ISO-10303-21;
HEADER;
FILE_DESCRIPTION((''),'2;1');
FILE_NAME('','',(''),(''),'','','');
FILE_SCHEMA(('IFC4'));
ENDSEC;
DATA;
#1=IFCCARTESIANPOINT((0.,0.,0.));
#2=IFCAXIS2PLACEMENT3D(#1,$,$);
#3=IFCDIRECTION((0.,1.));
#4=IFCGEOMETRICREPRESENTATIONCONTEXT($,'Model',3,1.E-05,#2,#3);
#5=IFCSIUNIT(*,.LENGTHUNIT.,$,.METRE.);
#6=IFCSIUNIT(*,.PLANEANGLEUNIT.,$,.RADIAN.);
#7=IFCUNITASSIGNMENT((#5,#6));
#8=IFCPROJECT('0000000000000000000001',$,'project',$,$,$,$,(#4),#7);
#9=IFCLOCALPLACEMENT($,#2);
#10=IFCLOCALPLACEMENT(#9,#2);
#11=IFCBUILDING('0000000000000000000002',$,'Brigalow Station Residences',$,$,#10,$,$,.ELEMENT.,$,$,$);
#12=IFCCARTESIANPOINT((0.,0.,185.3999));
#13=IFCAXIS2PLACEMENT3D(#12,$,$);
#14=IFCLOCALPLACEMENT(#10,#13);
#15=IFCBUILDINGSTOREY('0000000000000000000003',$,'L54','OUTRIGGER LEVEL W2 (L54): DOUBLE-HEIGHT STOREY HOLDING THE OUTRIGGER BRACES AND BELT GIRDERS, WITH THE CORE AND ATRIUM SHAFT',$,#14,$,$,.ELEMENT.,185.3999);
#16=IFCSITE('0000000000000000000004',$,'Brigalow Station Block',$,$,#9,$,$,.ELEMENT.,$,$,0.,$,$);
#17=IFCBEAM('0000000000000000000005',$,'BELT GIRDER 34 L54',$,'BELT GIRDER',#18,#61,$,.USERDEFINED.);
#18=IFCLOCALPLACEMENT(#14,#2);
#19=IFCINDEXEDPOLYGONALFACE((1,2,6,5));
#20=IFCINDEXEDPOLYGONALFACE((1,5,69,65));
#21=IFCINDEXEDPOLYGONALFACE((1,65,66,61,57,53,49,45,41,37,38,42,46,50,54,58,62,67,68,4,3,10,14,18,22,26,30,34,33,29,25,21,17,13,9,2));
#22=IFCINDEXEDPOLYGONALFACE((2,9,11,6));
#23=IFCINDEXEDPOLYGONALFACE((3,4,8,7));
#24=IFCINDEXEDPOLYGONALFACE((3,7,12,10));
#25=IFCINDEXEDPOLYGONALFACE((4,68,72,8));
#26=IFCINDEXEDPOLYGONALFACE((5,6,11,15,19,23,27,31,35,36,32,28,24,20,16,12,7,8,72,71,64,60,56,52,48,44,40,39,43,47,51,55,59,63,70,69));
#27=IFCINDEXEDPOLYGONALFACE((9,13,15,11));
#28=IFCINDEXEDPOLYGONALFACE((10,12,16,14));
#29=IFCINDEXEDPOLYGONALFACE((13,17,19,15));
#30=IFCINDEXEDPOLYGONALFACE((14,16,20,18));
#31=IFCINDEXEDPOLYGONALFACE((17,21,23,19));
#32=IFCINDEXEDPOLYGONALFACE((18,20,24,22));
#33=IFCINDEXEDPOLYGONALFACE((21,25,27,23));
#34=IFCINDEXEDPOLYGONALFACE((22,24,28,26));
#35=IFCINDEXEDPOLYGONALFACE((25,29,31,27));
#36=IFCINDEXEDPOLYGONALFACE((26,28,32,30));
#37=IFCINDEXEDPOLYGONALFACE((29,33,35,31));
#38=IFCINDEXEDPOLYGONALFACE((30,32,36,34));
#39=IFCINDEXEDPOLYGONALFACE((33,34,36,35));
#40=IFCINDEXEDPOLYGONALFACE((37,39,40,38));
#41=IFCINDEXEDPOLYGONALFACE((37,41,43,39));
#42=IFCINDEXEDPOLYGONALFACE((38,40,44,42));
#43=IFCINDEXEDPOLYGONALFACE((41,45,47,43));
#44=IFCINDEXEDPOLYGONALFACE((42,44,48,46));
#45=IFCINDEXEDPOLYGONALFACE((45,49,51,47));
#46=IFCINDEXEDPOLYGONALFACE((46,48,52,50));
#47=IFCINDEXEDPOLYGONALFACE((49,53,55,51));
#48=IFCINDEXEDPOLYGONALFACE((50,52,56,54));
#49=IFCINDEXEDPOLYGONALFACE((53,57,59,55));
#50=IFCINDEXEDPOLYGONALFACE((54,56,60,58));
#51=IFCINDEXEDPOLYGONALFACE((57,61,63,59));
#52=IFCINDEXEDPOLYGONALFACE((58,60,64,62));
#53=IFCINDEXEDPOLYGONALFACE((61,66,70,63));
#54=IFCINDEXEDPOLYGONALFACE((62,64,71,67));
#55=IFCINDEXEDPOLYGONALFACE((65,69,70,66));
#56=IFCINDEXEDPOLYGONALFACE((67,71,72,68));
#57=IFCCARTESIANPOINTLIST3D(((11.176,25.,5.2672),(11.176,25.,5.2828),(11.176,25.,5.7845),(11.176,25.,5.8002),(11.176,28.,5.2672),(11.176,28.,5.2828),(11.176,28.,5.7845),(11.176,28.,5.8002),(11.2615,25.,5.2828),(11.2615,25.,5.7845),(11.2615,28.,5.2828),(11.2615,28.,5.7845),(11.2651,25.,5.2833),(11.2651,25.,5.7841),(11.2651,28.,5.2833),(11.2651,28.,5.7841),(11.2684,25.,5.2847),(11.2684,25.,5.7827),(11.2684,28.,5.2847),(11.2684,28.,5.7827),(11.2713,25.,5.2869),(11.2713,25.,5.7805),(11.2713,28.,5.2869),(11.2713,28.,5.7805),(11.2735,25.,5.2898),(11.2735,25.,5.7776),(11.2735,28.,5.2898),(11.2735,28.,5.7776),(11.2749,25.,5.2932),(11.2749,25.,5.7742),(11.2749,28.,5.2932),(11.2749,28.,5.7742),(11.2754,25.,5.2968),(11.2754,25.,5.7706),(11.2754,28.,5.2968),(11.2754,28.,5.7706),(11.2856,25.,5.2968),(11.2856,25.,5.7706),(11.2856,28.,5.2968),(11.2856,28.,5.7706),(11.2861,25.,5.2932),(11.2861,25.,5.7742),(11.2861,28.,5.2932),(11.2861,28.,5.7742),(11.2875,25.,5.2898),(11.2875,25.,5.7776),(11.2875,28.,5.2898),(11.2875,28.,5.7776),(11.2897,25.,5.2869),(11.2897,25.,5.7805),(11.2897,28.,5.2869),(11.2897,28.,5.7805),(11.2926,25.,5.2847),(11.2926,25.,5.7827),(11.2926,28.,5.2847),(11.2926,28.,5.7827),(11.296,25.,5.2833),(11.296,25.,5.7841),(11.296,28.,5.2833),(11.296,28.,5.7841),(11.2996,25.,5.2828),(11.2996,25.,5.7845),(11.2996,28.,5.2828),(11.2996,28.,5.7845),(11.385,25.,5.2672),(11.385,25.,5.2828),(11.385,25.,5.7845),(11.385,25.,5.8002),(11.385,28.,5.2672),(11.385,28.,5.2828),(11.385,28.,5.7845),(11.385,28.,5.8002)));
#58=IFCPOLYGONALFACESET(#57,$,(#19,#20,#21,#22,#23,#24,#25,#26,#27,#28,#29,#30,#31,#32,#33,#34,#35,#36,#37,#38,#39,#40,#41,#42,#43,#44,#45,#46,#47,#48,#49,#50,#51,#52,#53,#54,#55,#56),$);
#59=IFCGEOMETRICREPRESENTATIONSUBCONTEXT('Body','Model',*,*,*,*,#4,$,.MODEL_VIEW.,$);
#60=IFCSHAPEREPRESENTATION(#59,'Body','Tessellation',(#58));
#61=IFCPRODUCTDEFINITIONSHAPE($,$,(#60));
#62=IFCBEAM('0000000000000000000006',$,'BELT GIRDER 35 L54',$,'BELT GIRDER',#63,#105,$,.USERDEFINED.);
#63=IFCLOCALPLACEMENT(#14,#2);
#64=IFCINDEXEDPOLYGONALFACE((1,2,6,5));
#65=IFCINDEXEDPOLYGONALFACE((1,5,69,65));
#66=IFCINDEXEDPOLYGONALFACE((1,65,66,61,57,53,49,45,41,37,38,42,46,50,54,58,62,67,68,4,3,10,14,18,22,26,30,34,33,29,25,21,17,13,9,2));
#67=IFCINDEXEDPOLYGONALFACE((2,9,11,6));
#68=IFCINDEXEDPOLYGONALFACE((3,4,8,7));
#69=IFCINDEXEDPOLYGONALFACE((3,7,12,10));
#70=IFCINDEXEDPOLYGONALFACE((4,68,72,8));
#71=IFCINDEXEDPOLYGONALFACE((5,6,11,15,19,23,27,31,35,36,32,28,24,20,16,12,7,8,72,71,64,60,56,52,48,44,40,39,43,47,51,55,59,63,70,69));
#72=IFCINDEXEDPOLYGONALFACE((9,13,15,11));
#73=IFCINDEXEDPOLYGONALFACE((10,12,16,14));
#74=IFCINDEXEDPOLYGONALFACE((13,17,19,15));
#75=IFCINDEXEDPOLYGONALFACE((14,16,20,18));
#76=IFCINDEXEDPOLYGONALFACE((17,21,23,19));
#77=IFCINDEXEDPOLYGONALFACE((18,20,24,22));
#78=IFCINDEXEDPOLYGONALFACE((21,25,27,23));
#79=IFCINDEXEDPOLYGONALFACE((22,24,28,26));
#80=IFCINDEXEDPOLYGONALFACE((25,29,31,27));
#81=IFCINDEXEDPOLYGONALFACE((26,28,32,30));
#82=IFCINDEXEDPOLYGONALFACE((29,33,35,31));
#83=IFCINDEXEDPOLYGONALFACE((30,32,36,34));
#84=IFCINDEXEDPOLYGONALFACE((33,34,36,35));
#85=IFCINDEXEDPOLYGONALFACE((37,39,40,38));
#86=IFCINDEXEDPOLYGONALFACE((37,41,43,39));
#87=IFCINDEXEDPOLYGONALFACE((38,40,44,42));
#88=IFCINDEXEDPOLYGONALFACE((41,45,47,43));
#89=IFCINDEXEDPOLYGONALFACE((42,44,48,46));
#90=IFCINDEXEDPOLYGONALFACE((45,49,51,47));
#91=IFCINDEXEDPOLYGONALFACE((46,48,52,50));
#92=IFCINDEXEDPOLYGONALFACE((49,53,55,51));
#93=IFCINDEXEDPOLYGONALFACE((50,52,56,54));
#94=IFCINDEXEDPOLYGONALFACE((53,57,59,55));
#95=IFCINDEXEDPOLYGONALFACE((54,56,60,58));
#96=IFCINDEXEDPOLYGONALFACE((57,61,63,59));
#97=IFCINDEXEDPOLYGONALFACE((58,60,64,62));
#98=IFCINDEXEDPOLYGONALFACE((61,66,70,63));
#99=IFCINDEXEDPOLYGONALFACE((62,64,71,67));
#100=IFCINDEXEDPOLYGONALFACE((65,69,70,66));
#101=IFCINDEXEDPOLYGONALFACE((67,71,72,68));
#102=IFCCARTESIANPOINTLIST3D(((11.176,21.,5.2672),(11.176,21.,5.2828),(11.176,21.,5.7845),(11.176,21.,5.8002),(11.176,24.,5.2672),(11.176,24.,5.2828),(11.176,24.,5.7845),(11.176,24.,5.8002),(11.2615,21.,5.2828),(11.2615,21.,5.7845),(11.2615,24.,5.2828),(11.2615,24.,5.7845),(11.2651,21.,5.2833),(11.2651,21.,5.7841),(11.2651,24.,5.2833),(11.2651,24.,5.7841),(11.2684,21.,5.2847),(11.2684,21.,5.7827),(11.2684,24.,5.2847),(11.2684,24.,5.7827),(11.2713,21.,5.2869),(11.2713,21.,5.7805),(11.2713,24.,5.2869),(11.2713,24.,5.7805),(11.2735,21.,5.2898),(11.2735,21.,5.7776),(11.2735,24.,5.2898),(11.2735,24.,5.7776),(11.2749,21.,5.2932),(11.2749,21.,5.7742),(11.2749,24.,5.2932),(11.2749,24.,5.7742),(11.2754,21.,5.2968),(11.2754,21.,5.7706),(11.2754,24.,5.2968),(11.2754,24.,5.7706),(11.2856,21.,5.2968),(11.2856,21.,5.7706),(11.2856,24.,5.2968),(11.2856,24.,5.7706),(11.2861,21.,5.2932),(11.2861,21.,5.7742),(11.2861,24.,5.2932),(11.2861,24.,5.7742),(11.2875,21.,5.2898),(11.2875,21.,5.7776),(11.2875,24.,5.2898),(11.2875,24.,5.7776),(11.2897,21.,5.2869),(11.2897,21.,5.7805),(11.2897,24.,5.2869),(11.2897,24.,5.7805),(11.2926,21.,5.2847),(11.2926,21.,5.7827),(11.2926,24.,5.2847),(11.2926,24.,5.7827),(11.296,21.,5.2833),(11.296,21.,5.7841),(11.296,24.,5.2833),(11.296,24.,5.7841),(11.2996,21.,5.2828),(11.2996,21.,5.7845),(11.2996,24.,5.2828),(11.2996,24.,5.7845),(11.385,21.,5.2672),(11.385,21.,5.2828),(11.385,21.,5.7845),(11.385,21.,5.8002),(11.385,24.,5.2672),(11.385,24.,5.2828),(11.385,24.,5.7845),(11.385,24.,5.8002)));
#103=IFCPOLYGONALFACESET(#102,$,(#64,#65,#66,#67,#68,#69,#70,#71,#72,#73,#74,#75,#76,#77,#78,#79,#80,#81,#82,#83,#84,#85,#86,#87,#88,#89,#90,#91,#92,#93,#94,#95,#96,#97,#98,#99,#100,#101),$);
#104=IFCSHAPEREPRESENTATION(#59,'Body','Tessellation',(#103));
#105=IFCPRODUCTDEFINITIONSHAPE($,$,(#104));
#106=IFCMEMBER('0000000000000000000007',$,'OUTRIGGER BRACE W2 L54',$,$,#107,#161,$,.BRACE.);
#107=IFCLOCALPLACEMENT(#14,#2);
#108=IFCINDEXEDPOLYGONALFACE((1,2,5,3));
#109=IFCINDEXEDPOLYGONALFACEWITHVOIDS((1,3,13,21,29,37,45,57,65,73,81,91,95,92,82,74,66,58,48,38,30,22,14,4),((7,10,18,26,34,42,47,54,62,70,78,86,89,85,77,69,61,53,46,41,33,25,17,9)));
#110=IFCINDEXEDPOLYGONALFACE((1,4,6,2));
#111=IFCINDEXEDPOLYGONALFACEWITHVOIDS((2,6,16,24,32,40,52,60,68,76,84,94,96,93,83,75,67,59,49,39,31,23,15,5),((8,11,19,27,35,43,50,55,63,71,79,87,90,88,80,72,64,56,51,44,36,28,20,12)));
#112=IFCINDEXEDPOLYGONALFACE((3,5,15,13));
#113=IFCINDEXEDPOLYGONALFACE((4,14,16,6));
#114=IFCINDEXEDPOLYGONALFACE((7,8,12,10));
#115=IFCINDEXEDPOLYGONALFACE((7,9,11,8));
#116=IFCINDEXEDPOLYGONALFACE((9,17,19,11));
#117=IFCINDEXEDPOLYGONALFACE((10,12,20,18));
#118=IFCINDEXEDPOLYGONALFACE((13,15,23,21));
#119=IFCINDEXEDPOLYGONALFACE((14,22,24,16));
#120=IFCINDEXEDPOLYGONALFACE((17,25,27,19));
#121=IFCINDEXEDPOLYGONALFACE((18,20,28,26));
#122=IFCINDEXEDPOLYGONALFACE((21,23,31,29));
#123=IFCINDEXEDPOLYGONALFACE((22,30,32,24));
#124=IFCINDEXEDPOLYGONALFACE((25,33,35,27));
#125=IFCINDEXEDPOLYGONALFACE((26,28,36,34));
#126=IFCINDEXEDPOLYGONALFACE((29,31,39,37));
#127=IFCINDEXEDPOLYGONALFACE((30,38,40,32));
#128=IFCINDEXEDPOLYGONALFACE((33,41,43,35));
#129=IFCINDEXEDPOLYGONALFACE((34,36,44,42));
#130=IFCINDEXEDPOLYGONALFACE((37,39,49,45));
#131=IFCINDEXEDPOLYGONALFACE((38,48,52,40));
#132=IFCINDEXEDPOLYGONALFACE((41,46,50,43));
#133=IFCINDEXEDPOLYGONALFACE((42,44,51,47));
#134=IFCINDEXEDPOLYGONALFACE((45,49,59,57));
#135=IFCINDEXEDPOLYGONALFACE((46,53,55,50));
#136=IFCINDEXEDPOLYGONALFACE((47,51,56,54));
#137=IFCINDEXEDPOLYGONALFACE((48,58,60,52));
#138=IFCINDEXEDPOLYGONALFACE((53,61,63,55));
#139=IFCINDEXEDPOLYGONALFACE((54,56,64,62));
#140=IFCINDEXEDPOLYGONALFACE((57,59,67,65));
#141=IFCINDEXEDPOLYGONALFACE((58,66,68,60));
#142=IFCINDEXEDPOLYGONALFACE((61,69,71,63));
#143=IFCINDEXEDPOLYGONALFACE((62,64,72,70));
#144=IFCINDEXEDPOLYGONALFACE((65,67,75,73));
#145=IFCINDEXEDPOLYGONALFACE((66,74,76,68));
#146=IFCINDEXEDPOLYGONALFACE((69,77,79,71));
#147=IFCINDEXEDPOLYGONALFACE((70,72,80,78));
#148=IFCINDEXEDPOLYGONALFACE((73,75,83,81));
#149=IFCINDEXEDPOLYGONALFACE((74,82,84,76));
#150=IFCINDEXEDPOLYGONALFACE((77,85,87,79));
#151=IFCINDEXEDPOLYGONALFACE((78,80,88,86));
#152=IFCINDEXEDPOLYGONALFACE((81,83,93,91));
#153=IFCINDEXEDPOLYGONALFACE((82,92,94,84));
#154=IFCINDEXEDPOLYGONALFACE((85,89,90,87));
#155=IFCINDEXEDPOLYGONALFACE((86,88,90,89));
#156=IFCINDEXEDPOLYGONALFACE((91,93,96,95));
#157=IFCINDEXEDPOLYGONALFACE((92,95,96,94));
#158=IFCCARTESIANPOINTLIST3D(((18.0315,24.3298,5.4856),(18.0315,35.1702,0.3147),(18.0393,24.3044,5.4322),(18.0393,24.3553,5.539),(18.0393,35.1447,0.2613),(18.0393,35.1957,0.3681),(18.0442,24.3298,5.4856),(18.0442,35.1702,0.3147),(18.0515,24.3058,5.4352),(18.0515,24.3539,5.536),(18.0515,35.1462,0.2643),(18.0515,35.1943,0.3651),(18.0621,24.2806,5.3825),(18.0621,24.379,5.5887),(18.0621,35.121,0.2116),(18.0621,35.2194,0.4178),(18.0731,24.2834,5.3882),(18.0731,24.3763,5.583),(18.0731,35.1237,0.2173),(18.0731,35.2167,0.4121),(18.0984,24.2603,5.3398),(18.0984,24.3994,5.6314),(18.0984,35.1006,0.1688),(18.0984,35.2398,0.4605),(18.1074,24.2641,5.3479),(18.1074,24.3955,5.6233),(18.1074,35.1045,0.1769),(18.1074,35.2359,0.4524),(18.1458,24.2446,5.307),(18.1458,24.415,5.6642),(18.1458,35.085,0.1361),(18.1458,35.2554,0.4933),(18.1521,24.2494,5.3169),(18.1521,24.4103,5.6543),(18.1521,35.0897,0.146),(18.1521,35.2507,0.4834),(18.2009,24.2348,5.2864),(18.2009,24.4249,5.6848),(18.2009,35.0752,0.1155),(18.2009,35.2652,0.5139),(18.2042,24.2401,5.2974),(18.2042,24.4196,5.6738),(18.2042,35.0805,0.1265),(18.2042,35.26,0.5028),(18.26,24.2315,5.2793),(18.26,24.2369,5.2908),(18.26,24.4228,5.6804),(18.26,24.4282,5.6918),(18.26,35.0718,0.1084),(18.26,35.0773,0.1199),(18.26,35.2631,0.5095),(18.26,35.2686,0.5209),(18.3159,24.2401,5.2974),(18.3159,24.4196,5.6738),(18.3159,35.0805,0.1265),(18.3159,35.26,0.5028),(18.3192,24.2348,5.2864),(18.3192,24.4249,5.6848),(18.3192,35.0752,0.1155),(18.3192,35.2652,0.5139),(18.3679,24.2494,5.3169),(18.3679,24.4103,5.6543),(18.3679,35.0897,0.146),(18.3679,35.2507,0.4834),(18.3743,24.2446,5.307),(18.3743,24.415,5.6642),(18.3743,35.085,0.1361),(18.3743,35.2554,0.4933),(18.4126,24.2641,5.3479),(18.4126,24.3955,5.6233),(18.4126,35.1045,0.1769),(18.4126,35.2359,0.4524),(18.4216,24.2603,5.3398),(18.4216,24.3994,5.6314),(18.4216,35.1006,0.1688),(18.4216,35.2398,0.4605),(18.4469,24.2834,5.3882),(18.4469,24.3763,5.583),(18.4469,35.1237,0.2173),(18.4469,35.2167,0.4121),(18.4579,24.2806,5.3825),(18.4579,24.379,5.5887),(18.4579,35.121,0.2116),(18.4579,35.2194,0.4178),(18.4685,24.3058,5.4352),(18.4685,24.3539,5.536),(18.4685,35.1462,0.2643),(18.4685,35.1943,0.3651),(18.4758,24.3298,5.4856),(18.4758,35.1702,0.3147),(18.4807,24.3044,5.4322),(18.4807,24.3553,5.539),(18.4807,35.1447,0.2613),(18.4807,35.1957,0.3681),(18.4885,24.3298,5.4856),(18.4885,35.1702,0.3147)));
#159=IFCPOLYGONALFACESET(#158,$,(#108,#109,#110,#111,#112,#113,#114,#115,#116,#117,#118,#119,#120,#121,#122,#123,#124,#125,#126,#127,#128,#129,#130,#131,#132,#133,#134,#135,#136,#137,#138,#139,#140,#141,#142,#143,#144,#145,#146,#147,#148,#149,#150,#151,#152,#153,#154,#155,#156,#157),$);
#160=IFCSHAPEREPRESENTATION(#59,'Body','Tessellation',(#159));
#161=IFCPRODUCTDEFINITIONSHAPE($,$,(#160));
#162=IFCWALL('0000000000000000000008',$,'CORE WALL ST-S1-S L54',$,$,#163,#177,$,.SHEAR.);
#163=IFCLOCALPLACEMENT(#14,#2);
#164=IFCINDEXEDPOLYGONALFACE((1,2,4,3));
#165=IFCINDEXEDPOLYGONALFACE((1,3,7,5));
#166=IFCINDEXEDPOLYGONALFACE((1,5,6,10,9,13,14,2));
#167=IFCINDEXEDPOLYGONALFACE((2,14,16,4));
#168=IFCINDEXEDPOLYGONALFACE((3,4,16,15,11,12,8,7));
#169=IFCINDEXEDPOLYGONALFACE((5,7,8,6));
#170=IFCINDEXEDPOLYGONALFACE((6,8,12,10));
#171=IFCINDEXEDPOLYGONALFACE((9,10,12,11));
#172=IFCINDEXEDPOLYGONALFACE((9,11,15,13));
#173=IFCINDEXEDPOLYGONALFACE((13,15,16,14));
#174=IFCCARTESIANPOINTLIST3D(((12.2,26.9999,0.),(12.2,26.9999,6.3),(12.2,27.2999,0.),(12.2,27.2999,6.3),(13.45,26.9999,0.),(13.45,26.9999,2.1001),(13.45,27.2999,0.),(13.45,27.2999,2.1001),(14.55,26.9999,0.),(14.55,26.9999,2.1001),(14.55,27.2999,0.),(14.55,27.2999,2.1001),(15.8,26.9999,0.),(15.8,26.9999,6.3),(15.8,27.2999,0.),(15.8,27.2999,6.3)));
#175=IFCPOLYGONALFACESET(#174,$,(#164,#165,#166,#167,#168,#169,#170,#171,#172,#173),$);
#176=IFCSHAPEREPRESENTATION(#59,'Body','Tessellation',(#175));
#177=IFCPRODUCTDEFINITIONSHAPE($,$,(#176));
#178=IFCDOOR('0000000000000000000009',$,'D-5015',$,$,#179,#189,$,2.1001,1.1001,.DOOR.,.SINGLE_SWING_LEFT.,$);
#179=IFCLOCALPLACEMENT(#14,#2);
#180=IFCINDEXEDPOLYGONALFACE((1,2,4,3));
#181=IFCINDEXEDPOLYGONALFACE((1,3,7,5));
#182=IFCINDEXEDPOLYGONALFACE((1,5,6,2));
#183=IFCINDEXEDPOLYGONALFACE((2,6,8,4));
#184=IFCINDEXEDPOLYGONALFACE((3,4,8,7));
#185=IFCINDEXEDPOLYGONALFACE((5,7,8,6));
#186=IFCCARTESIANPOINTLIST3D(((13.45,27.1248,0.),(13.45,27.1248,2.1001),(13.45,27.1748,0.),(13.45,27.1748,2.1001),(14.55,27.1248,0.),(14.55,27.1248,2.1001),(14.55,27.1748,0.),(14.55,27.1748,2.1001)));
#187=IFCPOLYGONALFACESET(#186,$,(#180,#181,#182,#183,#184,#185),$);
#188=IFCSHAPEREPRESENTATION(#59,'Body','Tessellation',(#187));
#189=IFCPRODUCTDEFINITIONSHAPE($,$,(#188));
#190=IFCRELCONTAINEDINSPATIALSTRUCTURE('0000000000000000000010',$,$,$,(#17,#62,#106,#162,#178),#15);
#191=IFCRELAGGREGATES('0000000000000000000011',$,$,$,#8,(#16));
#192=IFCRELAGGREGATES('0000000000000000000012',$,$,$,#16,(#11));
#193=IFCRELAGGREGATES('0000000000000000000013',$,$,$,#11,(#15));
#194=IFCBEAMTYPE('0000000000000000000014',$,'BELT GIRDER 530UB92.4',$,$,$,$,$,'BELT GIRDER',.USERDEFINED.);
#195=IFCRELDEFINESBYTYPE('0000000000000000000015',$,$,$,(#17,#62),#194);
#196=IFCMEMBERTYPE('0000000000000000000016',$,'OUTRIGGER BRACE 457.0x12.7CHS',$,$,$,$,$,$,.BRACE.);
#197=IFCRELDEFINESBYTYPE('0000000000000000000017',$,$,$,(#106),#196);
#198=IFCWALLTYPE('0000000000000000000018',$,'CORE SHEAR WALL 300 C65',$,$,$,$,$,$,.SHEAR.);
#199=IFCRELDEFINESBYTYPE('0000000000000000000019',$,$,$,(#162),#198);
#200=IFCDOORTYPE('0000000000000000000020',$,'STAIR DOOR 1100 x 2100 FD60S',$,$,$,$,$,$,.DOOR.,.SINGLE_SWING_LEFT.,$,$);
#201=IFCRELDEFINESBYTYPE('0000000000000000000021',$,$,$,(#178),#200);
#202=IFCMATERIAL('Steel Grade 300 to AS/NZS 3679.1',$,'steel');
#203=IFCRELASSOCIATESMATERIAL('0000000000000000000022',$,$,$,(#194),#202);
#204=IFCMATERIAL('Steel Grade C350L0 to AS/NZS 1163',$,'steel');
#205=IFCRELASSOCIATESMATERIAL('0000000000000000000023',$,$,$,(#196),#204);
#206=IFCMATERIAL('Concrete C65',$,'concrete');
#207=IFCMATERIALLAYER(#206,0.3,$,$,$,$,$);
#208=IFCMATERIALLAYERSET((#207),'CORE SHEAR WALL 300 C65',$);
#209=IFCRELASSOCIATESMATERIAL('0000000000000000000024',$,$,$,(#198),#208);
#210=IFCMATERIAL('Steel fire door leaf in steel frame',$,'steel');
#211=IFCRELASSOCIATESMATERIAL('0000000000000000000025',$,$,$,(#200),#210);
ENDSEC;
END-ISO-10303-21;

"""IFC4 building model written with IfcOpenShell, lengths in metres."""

from ifc_helpers import new_model, si_unit, direction, frame, frame_2d, origin, origin_2d, place, context, subcontext, project, spatial, rectangle, hollow_circle, i_section, extrude, material, layer, layer_set, material_profile, profile_set, type_object, element, fill, save


model = new_model("IFC4")

# Units and contexts
model_context = context("Model", 3, precision=1e-05, world=origin(), true_north=direction((0.0, 1.0)))
body_context = subcontext(model_context, "Body", "Model", "MODEL_VIEW")
ifc_project = project(units=[si_unit("LENGTHUNIT", "METRE"), si_unit("PLANEANGLEUNIT", "RADIAN")], contexts=[model_context])

# Site, building, storey
site_placement = place(None, origin())
site = spatial("IfcSite", under=ifc_project, at=site_placement, Name="Brigalow Station Block", CompositionType="ELEMENT", RefElevation=0.0)
building_placement = place(site_placement, origin())
building = spatial("IfcBuilding", under=site, at=building_placement, Name="Brigalow Station Residences", CompositionType="ELEMENT")
storey_placement = place(building_placement, frame((0.0, 0.0, 185.3999)))
storey = spatial("IfcBuildingStorey", under=building, at=storey_placement, Name="L54", Description="OUTRIGGER LEVEL W2 (L54): DOUBLE-HEIGHT STOREY HOLDING THE OUTRIGGER BRACES AND BELT GIRDERS, WITH THE CORE AND ATRIUM SHAFT", CompositionType="ELEMENT", Elevation=185.3999)

# Beams
ifc_material_1 = material(Name="Steel Grade 300 to AS/NZS 3679.1", Category="steel")
ifc_material_profile_1 = material_profile(ifc_material_1, i_section(OverallWidth=0.209, OverallDepth=0.533, WebThickness=0.0103, FlangeThickness=0.0156, FilletRadius=0.0139, at=origin_2d()), Name="530UB92.4")
ifc_profile_set_1 = profile_set([ifc_material_profile_1], Name="Steel Grade 300 to AS/NZS 3679.1")
beam_type = type_object("IfcBeamType", Name="BELT GIRDER 530UB92.4", ElementType="BELT GIRDER", PredefinedType="USERDEFINED", material=ifc_profile_set_1)
for number, where, z_axis, x_axis, name in (
    (1, (11.2805, 28.0, 5.5337), (0.0, -1.0, 0.0), (1.0, 0.0, 0.0), "BELT GIRDER 34 L54"),
    (2, (11.2805, 24.0, 5.5337), (0.0, -1.0, 0.0), (1.0, 0.0, 0.0), "BELT GIRDER 35 L54"),
):
    element("IfcBeam", number, at=place(storey_placement, frame(where, z_axis=z_axis, x_axis=x_axis)), inside=storey, type_object=beam_type, Name=name, ObjectType="BELT GIRDER", PredefinedType="USERDEFINED", context=body_context, shape_type="SweptSolid", body=[
        extrude(i_section(OverallWidth=0.209, OverallDepth=0.533, WebThickness=0.0103, FlangeThickness=0.0156, FilletRadius=0.0139, at=origin_2d()), origin(), (0.0, 0.0, 1.0), 3.0),
    ])

# Member
ifc_material_2 = material(Name="Steel Grade C350L0 to AS/NZS 1163", Category="steel")
ifc_material_profile_2 = material_profile(ifc_material_2, hollow_circle(Radius=0.2285, WallThickness=0.0127, at=origin_2d()), Name="457.0x12.7CHS")
ifc_profile_set_2 = profile_set([ifc_material_profile_2], Name="Steel Grade C350L0 to AS/NZS 1163")
member_type = type_object("IfcMemberType", Name="OUTRIGGER BRACE 457.0x12.7CHS", PredefinedType="BRACE", material=ifc_profile_set_2)
member_placement = place(storey_placement, frame((18.26, 24.3298, 5.4856), z_axis=(0.0, 0.902575, -0.430533), x_axis=(-1.0, 0.0, 0.0)))
element("IfcMember", 3, at=member_placement, inside=storey, type_object=member_type, Name="OUTRIGGER BRACE W2 L54", PredefinedType="BRACE", context=body_context, shape_type="SweptSolid", body=[
    extrude(hollow_circle(Radius=0.2285, WallThickness=0.0127, at=origin_2d()), origin(), (0.0, 0.0, 1.0), 12.0105),
])

# Wall, opening, door
ifc_material_3 = material(Name="Concrete C65", Category="concrete")
ifc_layer = layer(ifc_material_3, 0.3)
ifc_layer_set = layer_set([ifc_layer], Name="CORE SHEAR WALL 300 C65")
wall_type = type_object("IfcWallType", Name="CORE SHEAR WALL 300 C65", PredefinedType="SHEAR", material=ifc_layer_set)
wall_placement = place(storey_placement, frame((12.2, 27.1499, 0.0), z_axis=(0.0, 0.0, 1.0), x_axis=(1.0, 0.0, 0.0)))
wall = element("IfcWall", 4, at=wall_placement, inside=storey, type_object=wall_type, Name="CORE WALL ST-S1-S L54", PredefinedType="SHEAR", context=body_context, shape_type="SweptSolid", body=[
    extrude(rectangle(XDim=3.6001, YDim=0.3, at=frame_2d((1.8, 0.0))), origin(), (0.0, 0.0, 1.0), 6.3),
])
opening_placement = place(wall_placement, frame((1.25, 0.0, 0.0)))
opening = element("IfcOpeningElement", 5, at=opening_placement, cuts=wall, PredefinedType="OPENING", context=body_context, shape_type="SweptSolid", body=[
    extrude(rectangle(XDim=1.1001, YDim=2.1001, at=frame_2d((0.55, 1.05))), frame((0.0, 0.1602, 0.0), z_axis=(0.0, -1.0, 0.0), x_axis=(1.0, 0.0, 0.0)), (0.0, 0.0, 1.0), 0.3201),
])
ifc_material_4 = material(Name="Steel fire door leaf in steel frame", Category="steel")
door_type = type_object("IfcDoorType", Name="STAIR DOOR 1100 x 2100 FD60S", OperationType="SINGLE_SWING_LEFT", PredefinedType="DOOR", material=ifc_material_4)
door_placement = place(opening_placement, origin())
door = element("IfcDoor", 6, at=door_placement, inside=storey, type_object=door_type, Name="D-5015", OperationType="SINGLE_SWING_LEFT", OverallHeight=2.1001, OverallWidth=1.1001, PredefinedType="DOOR", context=body_context, shape_type="SweptSolid", body=[
    extrude(rectangle(XDim=1.1001, YDim=2.1001, at=frame_2d((0.55, 1.05))), frame((0.0, 0.0249, 0.0), z_axis=(0.0, -1.0, 0.0), x_axis=(1.0, 0.0, 0.0)), (0.0, 0.0, 1.0), 0.05),
])
fill(opening, door)

save(model, "model.ifc")
